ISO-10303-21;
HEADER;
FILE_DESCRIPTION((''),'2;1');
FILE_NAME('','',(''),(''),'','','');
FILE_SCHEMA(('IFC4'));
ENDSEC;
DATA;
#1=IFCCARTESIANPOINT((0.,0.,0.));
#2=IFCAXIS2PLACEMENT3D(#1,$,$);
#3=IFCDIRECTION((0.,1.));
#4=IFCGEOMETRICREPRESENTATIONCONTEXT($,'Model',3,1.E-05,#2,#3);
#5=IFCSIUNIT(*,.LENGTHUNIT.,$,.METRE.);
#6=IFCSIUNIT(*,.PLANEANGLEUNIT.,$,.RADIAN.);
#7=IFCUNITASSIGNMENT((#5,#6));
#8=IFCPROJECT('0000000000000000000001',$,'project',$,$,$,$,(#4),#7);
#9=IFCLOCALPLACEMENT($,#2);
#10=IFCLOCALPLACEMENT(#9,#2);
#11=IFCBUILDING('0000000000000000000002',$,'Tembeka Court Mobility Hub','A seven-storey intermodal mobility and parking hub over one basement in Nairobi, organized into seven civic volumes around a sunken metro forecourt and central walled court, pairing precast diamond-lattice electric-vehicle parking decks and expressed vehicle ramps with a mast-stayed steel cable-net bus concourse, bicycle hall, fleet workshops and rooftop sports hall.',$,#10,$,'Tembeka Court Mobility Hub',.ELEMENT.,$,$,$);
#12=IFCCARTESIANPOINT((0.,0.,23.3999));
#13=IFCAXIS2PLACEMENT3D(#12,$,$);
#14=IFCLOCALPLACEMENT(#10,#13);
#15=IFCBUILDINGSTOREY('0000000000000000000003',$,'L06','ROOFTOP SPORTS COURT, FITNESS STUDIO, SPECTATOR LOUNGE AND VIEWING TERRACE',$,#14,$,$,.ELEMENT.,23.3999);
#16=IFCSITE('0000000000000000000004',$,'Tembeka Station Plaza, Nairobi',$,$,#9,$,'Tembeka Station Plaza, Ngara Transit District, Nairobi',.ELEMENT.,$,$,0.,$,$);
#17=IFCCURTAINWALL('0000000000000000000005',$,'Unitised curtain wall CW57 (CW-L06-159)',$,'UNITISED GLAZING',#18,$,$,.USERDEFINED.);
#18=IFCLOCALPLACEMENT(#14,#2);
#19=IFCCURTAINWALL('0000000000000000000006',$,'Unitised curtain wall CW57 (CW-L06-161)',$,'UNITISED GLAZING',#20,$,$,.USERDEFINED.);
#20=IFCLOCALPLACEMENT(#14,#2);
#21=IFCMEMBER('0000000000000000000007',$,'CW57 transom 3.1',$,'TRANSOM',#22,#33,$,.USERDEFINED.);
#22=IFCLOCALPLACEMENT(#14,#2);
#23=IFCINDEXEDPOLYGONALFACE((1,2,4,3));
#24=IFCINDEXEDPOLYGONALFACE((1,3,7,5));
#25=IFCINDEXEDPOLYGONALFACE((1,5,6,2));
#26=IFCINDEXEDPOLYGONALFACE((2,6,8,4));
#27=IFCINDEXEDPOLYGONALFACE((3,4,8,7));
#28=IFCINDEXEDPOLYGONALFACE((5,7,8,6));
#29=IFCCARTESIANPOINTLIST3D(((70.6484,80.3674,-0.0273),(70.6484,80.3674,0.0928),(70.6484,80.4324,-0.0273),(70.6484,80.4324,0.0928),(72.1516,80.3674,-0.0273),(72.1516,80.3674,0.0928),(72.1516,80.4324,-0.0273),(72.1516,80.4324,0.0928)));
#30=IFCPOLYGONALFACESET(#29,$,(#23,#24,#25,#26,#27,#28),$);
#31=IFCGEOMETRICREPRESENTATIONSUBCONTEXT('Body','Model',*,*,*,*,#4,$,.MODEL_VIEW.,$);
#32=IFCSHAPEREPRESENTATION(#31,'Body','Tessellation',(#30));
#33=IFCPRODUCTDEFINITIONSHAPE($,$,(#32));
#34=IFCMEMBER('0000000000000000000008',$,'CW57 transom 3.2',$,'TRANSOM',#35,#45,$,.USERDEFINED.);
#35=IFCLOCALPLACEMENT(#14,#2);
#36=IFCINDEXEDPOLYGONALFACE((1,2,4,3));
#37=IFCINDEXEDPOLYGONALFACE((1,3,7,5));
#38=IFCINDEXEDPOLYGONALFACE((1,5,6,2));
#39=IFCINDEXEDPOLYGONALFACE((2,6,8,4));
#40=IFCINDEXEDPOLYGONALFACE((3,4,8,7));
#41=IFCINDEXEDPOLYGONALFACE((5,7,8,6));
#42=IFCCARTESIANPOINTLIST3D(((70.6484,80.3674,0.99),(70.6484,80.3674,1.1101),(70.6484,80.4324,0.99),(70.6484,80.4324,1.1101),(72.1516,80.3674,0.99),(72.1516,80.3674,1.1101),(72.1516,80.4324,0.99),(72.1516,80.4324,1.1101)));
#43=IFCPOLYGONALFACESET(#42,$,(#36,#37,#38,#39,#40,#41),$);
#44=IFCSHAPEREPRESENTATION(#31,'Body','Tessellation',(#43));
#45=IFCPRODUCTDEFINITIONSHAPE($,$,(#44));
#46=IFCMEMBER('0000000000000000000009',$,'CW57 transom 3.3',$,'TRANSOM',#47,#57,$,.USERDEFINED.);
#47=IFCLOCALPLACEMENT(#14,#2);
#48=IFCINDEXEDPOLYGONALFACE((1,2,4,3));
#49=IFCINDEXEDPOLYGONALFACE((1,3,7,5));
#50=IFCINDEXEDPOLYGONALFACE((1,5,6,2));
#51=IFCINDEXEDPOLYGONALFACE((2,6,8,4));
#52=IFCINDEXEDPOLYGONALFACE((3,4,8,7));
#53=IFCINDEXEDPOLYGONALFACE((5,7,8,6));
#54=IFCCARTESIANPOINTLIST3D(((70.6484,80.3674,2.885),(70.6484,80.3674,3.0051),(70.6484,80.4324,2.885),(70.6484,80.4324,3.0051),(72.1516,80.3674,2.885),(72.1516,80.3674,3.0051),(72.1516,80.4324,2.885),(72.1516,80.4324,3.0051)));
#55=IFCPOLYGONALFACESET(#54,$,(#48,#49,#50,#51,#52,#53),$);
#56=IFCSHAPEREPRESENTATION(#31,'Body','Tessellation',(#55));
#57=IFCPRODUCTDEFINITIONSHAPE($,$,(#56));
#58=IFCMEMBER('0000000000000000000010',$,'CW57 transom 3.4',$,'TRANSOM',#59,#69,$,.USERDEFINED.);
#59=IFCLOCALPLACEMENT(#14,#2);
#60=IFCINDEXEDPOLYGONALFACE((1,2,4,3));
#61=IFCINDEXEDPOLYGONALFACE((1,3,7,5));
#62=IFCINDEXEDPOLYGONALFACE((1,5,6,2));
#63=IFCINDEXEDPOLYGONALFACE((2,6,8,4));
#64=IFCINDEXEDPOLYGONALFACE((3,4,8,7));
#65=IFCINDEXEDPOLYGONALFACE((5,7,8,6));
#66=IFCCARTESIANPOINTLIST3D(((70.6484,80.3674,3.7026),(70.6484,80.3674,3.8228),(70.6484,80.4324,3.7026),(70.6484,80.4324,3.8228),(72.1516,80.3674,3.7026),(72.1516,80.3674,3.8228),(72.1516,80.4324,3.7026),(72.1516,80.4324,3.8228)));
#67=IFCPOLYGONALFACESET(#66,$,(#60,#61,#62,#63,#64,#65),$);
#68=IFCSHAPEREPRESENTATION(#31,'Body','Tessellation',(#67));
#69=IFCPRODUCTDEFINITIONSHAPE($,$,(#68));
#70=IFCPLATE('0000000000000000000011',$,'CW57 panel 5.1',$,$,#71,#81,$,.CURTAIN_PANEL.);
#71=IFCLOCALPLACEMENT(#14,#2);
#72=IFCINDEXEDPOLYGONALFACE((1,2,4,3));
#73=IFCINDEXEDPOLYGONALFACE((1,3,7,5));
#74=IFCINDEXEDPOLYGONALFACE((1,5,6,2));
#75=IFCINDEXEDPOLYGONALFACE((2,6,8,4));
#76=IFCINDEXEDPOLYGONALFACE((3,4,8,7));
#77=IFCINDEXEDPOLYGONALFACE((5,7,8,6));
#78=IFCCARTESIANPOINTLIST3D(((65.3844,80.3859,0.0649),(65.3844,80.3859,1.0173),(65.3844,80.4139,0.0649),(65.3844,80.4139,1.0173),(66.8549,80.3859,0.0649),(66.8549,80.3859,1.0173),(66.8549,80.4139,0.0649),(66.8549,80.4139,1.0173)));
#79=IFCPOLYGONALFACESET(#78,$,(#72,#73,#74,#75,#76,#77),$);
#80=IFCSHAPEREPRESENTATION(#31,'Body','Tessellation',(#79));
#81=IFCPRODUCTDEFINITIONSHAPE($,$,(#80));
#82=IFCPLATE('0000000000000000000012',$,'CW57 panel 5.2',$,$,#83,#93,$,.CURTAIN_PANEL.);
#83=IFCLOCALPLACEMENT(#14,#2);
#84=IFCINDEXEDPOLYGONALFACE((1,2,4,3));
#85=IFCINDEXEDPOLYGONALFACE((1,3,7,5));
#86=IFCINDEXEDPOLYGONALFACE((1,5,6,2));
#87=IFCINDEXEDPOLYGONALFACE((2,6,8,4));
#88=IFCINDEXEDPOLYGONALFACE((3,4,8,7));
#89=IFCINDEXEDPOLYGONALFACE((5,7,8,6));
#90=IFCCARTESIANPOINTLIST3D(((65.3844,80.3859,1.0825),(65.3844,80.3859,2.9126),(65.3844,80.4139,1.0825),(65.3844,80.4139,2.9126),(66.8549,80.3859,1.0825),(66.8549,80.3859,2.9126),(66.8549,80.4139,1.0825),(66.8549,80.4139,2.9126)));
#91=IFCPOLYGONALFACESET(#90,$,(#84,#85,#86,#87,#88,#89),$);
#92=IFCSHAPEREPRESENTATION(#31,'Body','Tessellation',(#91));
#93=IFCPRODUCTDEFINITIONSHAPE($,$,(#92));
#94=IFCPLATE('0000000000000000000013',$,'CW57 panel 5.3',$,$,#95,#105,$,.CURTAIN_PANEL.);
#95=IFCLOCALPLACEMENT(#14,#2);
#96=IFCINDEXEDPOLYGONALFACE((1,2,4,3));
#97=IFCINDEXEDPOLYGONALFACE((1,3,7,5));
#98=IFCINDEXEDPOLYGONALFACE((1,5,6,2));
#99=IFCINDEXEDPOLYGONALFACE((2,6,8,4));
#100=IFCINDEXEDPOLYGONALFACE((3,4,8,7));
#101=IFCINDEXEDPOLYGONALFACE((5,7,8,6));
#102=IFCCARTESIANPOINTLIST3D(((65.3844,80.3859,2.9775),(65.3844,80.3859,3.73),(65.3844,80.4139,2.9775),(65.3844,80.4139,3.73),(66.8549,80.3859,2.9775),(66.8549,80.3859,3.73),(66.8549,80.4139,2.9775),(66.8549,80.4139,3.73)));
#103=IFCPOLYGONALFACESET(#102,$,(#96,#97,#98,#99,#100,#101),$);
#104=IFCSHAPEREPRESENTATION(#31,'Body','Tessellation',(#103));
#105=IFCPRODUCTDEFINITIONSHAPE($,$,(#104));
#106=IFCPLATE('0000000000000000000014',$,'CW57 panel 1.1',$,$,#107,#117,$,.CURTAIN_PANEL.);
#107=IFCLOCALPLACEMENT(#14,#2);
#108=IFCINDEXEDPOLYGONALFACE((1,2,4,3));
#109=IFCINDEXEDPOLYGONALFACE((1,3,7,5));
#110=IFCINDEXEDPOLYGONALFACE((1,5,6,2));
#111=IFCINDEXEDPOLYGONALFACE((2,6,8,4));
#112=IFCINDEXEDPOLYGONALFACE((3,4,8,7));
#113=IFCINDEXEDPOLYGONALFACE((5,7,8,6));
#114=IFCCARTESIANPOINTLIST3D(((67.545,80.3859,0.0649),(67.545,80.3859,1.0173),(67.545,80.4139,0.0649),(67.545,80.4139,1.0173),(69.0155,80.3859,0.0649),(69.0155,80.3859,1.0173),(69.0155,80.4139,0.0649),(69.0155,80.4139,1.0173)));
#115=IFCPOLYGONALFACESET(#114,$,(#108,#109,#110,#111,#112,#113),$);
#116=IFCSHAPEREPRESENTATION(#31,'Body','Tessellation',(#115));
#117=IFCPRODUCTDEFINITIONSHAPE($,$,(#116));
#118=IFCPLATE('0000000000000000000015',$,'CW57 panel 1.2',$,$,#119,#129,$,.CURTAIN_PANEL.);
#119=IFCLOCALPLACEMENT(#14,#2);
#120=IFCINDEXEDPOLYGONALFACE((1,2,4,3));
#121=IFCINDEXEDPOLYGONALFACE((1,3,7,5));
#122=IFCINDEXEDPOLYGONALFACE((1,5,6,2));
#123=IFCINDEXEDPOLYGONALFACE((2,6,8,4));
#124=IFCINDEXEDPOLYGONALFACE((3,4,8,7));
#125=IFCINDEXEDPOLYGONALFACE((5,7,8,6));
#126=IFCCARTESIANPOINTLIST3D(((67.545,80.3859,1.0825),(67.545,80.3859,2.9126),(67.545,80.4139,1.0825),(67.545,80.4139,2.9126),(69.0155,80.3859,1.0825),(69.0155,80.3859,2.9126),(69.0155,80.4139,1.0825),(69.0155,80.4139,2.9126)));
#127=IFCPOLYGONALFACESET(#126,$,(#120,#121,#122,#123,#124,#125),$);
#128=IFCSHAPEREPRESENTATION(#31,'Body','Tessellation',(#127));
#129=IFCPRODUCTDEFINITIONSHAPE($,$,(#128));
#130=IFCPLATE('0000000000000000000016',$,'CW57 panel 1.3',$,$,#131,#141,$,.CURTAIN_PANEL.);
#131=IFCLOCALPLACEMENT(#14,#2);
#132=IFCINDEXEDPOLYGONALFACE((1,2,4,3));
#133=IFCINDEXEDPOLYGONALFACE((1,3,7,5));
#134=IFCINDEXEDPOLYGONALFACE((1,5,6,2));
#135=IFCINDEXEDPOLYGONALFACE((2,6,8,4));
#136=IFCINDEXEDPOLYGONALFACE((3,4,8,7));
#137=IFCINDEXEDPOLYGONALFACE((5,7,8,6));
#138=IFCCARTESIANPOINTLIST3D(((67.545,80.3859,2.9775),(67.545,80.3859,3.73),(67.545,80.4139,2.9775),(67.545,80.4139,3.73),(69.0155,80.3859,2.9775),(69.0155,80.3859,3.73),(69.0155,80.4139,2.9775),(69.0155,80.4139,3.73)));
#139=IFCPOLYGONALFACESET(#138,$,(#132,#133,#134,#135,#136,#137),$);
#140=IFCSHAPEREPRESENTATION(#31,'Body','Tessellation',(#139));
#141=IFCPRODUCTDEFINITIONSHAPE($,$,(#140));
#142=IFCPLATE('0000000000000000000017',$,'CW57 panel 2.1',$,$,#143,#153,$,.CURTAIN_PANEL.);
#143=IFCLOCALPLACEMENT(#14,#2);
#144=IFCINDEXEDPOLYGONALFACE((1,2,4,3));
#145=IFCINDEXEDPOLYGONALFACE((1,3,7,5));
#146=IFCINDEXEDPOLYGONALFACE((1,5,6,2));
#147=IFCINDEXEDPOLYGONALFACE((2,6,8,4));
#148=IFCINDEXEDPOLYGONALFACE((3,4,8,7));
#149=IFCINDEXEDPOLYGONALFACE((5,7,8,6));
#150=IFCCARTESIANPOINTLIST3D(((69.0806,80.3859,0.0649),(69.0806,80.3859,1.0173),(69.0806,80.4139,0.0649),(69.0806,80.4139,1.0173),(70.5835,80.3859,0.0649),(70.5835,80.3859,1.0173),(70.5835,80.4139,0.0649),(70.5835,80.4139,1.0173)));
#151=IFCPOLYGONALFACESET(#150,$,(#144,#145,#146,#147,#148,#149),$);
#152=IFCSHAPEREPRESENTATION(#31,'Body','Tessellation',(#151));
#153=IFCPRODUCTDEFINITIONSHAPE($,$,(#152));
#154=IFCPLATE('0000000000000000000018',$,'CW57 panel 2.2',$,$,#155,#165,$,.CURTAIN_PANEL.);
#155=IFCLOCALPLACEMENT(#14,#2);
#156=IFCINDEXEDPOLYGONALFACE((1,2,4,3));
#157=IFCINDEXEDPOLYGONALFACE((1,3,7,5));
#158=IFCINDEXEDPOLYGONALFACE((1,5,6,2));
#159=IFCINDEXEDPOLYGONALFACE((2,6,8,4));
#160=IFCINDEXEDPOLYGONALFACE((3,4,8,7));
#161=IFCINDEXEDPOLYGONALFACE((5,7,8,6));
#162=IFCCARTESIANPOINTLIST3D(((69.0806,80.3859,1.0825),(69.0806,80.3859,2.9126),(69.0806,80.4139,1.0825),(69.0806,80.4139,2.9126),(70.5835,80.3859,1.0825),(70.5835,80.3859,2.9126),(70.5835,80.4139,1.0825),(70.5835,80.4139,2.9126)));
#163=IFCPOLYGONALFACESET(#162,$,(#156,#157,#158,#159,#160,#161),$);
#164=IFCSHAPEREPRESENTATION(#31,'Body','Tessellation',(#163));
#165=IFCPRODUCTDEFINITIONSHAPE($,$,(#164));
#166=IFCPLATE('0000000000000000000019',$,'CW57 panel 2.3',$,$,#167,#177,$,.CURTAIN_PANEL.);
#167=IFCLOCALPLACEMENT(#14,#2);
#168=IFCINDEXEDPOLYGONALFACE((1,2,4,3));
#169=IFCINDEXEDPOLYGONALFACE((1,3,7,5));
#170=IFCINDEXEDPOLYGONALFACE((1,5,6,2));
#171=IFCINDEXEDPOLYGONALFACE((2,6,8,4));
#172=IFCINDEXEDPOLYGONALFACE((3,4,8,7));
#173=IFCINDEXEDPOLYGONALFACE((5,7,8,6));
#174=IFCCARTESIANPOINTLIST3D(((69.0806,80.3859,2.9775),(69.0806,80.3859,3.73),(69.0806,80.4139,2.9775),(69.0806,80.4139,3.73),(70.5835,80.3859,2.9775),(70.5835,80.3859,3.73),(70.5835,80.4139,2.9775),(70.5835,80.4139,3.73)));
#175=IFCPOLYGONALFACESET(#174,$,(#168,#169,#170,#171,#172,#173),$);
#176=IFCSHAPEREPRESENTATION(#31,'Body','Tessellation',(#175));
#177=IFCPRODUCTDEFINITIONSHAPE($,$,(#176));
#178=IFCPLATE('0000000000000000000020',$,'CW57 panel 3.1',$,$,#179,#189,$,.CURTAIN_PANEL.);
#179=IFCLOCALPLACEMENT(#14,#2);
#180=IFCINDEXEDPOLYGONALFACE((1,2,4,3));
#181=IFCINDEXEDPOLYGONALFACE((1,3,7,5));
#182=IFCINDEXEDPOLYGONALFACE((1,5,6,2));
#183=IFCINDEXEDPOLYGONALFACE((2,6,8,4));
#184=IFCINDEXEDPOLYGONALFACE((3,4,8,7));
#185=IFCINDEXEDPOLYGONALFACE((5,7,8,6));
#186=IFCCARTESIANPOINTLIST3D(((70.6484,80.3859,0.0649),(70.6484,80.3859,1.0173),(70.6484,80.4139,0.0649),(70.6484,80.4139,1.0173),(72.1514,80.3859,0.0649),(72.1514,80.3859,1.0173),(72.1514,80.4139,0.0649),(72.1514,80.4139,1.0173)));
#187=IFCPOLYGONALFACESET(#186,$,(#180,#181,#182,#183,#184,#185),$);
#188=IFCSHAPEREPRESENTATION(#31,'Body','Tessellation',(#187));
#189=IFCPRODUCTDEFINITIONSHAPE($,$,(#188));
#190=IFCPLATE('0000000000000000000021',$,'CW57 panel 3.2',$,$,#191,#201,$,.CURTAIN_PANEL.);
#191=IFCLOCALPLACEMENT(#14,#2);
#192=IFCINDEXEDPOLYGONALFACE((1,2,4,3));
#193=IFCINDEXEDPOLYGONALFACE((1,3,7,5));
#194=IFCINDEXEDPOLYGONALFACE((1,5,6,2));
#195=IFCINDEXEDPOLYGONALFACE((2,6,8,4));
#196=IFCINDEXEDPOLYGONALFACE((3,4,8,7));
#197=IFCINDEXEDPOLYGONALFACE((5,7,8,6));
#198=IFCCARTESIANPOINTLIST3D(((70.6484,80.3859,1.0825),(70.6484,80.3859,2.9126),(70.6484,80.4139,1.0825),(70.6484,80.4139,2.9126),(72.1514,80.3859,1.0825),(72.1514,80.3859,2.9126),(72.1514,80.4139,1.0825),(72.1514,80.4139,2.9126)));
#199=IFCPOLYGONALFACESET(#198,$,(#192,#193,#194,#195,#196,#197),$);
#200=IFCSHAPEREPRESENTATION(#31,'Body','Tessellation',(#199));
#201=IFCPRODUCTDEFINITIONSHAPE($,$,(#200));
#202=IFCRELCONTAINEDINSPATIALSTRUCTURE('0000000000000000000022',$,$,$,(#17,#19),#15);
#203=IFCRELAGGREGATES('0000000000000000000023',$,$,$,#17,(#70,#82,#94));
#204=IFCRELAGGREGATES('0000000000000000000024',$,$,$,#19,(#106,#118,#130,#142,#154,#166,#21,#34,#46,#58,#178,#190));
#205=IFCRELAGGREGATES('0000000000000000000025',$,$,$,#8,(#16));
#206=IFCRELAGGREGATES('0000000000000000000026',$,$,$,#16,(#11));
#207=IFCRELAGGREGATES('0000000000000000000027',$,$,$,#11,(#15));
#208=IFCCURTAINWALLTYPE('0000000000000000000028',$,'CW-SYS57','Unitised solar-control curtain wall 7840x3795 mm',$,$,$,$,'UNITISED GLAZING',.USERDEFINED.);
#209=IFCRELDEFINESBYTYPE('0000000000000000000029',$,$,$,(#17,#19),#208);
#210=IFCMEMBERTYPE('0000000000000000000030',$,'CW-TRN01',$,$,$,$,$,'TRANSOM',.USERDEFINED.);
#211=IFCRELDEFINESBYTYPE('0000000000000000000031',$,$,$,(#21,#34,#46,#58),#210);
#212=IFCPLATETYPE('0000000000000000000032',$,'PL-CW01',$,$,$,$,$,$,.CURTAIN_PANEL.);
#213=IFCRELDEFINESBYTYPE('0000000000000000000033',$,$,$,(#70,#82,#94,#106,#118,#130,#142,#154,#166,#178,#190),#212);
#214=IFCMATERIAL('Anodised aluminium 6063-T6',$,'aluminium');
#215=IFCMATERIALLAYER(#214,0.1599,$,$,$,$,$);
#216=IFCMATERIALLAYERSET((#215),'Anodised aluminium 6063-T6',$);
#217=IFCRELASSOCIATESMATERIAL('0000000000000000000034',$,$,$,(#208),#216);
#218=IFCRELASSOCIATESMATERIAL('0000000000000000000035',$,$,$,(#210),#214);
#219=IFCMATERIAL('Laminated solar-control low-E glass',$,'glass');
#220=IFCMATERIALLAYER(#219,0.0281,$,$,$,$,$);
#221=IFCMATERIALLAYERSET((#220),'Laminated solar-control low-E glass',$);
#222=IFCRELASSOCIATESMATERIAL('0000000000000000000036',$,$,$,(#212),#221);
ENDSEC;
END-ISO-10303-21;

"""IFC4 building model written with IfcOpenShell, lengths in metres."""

from ifc_helpers import new_model, si_unit, direction, frame, origin, origin_2d, place, context, subcontext, project, spatial, rectangle, extrude, material, layer, layer_set, material_profile, profile_set, type_object, element, aggregate, save


model = new_model("IFC4")

# Units and contexts
model_context = context("Model", 3, precision=1e-05, world=origin(), true_north=direction((0.0, 1.0)))
body_context = subcontext(model_context, "Body", "Model", "MODEL_VIEW")
ifc_project = project(units=[si_unit("LENGTHUNIT", "METRE"), si_unit("PLANEANGLEUNIT", "RADIAN")], contexts=[model_context])

# Site, building, storey
site_placement = place(None, origin())
site = spatial("IfcSite", under=ifc_project, at=site_placement, Name="Tembeka Station Plaza, Nairobi", LongName="Tembeka Station Plaza, Ngara Transit District, Nairobi", CompositionType="ELEMENT", RefElevation=0.0)
building_placement = place(site_placement, origin())
building = spatial("IfcBuilding", under=site, at=building_placement, Name="Tembeka Court Mobility Hub", Description="A seven-storey intermodal mobility and parking hub over one basement in Nairobi, organized into seven civic volumes around a sunken metro forecourt and central walled court, pairing precast diamond-lattice electric-vehicle parking decks and expressed vehicle ramps with a mast-stayed steel cable-net bus concourse, bicycle hall, fleet workshops and rooftop sports hall.", LongName="Tembeka Court Mobility Hub", CompositionType="ELEMENT")
storey_placement = place(building_placement, frame((0.0, 0.0, 23.3999)))
storey = spatial("IfcBuildingStorey", under=building, at=storey_placement, Name="L06", Description="ROOFTOP SPORTS COURT, FITNESS STUDIO, SPECTATOR LOUNGE AND VIEWING TERRACE", CompositionType="ELEMENT", Elevation=23.3999)

# Curtain walls
ifc_material_1 = material(Name="Anodised aluminium 6063-T6", Category="aluminium")
ifc_layer_1 = layer(ifc_material_1, 0.1599)
ifc_layer_set_1 = layer_set([ifc_layer_1], Name="Anodised aluminium 6063-T6")
curtain_wall_type = type_object("IfcCurtainWallType", Name="CW-SYS57", Description="Unitised solar-control curtain wall 7840x3795 mm", ElementType="UNITISED GLAZING", PredefinedType="USERDEFINED", material=ifc_layer_set_1)
curtain_wall_1_placement = place(storey_placement, origin())
curtain_wall_1 = element("IfcCurtainWall", 1, at=curtain_wall_1_placement, inside=storey, type_object=curtain_wall_type, Name="Unitised curtain wall CW57 (CW-L06-159)", ObjectType="UNITISED GLAZING", PredefinedType="USERDEFINED")
curtain_wall_2_placement = place(storey_placement, origin())
curtain_wall_2 = element("IfcCurtainWall", 2, at=curtain_wall_2_placement, inside=storey, type_object=curtain_wall_type, Name="Unitised curtain wall CW57 (CW-L06-161)", ObjectType="UNITISED GLAZING", PredefinedType="USERDEFINED")

# Members
ifc_material_profile_1 = material_profile(ifc_material_1, rectangle(XDim=0.0649, YDim=0.1201, at=origin_2d()), Name="ALU-TRN 65x120")
ifc_profile_set_1 = profile_set([ifc_material_profile_1], Name="Anodised aluminium 6063-T6")
member_type_1 = type_object("IfcMemberType", Name="CW-TRN01", ElementType="TRANSOM", PredefinedType="USERDEFINED", material=ifc_profile_set_1)
member_1_placement = place(storey_placement, frame((70.6484, 80.3999, 0.0327), z_axis=(1.0, 0.0, 0.0), x_axis=(0.0, 1.0, 0.0)))
member_1 = element("IfcMember", 3, at=member_1_placement, type_object=member_type_1, Name="CW57 transom 3.1", ObjectType="TRANSOM", PredefinedType="USERDEFINED", context=body_context, shape_type="SweptSolid", body=[
    extrude(rectangle(XDim=0.0649, YDim=0.1201, at=origin_2d()), origin(), (0.0, 0.0, 1.0), 1.5032),
])
member_2_placement = place(storey_placement, frame((70.6484, 80.3999, 1.05), z_axis=(1.0, 0.0, 0.0), x_axis=(0.0, 1.0, 0.0)))
member_2 = element("IfcMember", 4, at=member_2_placement, type_object=member_type_1, Name="CW57 transom 3.2", ObjectType="TRANSOM", PredefinedType="USERDEFINED", context=body_context, shape_type="SweptSolid", body=[
    extrude(rectangle(XDim=0.0649, YDim=0.1201, at=origin_2d()), origin(), (0.0, 0.0, 1.0), 1.5032),
])
member_3_placement = place(storey_placement, frame((70.6484, 80.3999, 2.9451), z_axis=(1.0, 0.0, 0.0), x_axis=(0.0, 1.0, 0.0)))
member_3 = element("IfcMember", 5, at=member_3_placement, type_object=member_type_1, Name="CW57 transom 3.3", ObjectType="TRANSOM", PredefinedType="USERDEFINED", context=body_context, shape_type="SweptSolid", body=[
    extrude(rectangle(XDim=0.0649, YDim=0.1201, at=origin_2d()), origin(), (0.0, 0.0, 1.0), 1.5032),
])
member_4_placement = place(storey_placement, frame((70.6484, 80.3999, 3.7627), z_axis=(1.0, 0.0, 0.0), x_axis=(0.0, 1.0, 0.0)))
member_4 = element("IfcMember", 6, at=member_4_placement, type_object=member_type_1, Name="CW57 transom 3.4", ObjectType="TRANSOM", PredefinedType="USERDEFINED", context=body_context, shape_type="SweptSolid", body=[
    extrude(rectangle(XDim=0.0649, YDim=0.1201, at=origin_2d()), origin(), (0.0, 0.0, 1.0), 1.5032),
])

# Plates
ifc_material_2 = material(Name="Laminated solar-control low-E glass", Category="glass")
ifc_layer_2 = layer(ifc_material_2, 0.0281)
ifc_layer_set_2 = layer_set([ifc_layer_2], Name="Laminated solar-control low-E glass")
plate_type = type_object("IfcPlateType", Name="PL-CW01", PredefinedType="CURTAIN_PANEL", material=ifc_layer_set_2)
plate_1_placement = place(storey_placement, frame((66.1196, 80.3999, 0.0649), z_axis=(0.0, 0.0, 1.0), x_axis=(1.0, 0.0, 0.0)))
plate_1 = element("IfcPlate", 7, at=plate_1_placement, type_object=plate_type, Name="CW57 panel 5.1", PredefinedType="CURTAIN_PANEL", context=body_context, shape_type="SweptSolid", body=[
    extrude(rectangle(XDim=1.4705, YDim=0.0281, at=origin_2d()), origin(), (0.0, 0.0, 1.0), 0.9524),
])
plate_2_placement = place(storey_placement, frame((66.1196, 80.3999, 1.0825), z_axis=(0.0, 0.0, 1.0), x_axis=(1.0, 0.0, 0.0)))
plate_2 = element("IfcPlate", 8, at=plate_2_placement, type_object=plate_type, Name="CW57 panel 5.2", PredefinedType="CURTAIN_PANEL", context=body_context, shape_type="SweptSolid", body=[
    extrude(rectangle(XDim=1.4705, YDim=0.0281, at=origin_2d()), origin(), (0.0, 0.0, 1.0), 1.8301),
])
plate_3_placement = place(storey_placement, frame((66.1196, 80.3999, 2.9775), z_axis=(0.0, 0.0, 1.0), x_axis=(1.0, 0.0, 0.0)))
plate_3 = element("IfcPlate", 9, at=plate_3_placement, type_object=plate_type, Name="CW57 panel 5.3", PredefinedType="CURTAIN_PANEL", context=body_context, shape_type="SweptSolid", body=[
    extrude(rectangle(XDim=1.4705, YDim=0.0281, at=origin_2d()), origin(), (0.0, 0.0, 1.0), 0.7524),
])
aggregate(curtain_wall_1, [plate_1, plate_2, plate_3])
plate_4_placement = place(storey_placement, frame((68.2803, 80.3999, 0.0649), z_axis=(0.0, 0.0, 1.0), x_axis=(1.0, 0.0, 0.0)))
plate_4 = element("IfcPlate", 10, at=plate_4_placement, type_object=plate_type, Name="CW57 panel 1.1", PredefinedType="CURTAIN_PANEL", context=body_context, shape_type="SweptSolid", body=[
    extrude(rectangle(XDim=1.4705, YDim=0.0281, at=origin_2d()), origin(), (0.0, 0.0, 1.0), 0.9524),
])
plate_5_placement = place(storey_placement, frame((68.2803, 80.3999, 1.0825), z_axis=(0.0, 0.0, 1.0), x_axis=(1.0, 0.0, 0.0)))
plate_5 = element("IfcPlate", 11, at=plate_5_placement, type_object=plate_type, Name="CW57 panel 1.2", PredefinedType="CURTAIN_PANEL", context=body_context, shape_type="SweptSolid", body=[
    extrude(rectangle(XDim=1.4705, YDim=0.0281, at=origin_2d()), origin(), (0.0, 0.0, 1.0), 1.8301),
])
plate_6_placement = place(storey_placement, frame((68.2803, 80.3999, 2.9775), z_axis=(0.0, 0.0, 1.0), x_axis=(1.0, 0.0, 0.0)))
plate_6 = element("IfcPlate", 12, at=plate_6_placement, type_object=plate_type, Name="CW57 panel 1.3", PredefinedType="CURTAIN_PANEL", context=body_context, shape_type="SweptSolid", body=[
    extrude(rectangle(XDim=1.4705, YDim=0.0281, at=origin_2d()), origin(), (0.0, 0.0, 1.0), 0.7524),
])
plate_7_placement = place(storey_placement, frame((69.832, 80.3999, 0.0649), z_axis=(0.0, 0.0, 1.0), x_axis=(1.0, 0.0, 0.0)))
plate_7 = element("IfcPlate", 13, at=plate_7_placement, type_object=plate_type, Name="CW57 panel 2.1", PredefinedType="CURTAIN_PANEL", context=body_context, shape_type="SweptSolid", body=[
    extrude(rectangle(XDim=1.5029, YDim=0.0281, at=origin_2d()), origin(), (0.0, 0.0, 1.0), 0.9524),
])
plate_8_placement = place(storey_placement, frame((69.832, 80.3999, 1.0825), z_axis=(0.0, 0.0, 1.0), x_axis=(1.0, 0.0, 0.0)))
plate_8 = element("IfcPlate", 14, at=plate_8_placement, type_object=plate_type, Name="CW57 panel 2.2", PredefinedType="CURTAIN_PANEL", context=body_context, shape_type="SweptSolid", body=[
    extrude(rectangle(XDim=1.5029, YDim=0.0281, at=origin_2d()), origin(), (0.0, 0.0, 1.0), 1.8301),
])
plate_9_placement = place(storey_placement, frame((69.832, 80.3999, 2.9775), z_axis=(0.0, 0.0, 1.0), x_axis=(1.0, 0.0, 0.0)))
plate_9 = element("IfcPlate", 15, at=plate_9_placement, type_object=plate_type, Name="CW57 panel 2.3", PredefinedType="CURTAIN_PANEL", context=body_context, shape_type="SweptSolid", body=[
    extrude(rectangle(XDim=1.5029, YDim=0.0281, at=origin_2d()), origin(), (0.0, 0.0, 1.0), 0.7524),
])
plate_10_placement = place(storey_placement, frame((71.3999, 80.3999, 0.0649), z_axis=(0.0, 0.0, 1.0), x_axis=(1.0, 0.0, 0.0)))
plate_10 = element("IfcPlate", 16, at=plate_10_placement, type_object=plate_type, Name="CW57 panel 3.1", PredefinedType="CURTAIN_PANEL", context=body_context, shape_type="SweptSolid", body=[
    extrude(rectangle(XDim=1.5029, YDim=0.0281, at=origin_2d()), origin(), (0.0, 0.0, 1.0), 0.9524),
])
plate_11_placement = place(storey_placement, frame((71.3999, 80.3999, 1.0825), z_axis=(0.0, 0.0, 1.0), x_axis=(1.0, 0.0, 0.0)))
plate_11 = element("IfcPlate", 17, at=plate_11_placement, type_object=plate_type, Name="CW57 panel 3.2", PredefinedType="CURTAIN_PANEL", context=body_context, shape_type="SweptSolid", body=[
    extrude(rectangle(XDim=1.5029, YDim=0.0281, at=origin_2d()), origin(), (0.0, 0.0, 1.0), 1.8301),
])
aggregate(curtain_wall_2, [plate_4, plate_5, plate_6, plate_7, plate_8, plate_9, member_1, member_2, member_3, member_4, plate_10, plate_11])

save(model, "model.ifc")
